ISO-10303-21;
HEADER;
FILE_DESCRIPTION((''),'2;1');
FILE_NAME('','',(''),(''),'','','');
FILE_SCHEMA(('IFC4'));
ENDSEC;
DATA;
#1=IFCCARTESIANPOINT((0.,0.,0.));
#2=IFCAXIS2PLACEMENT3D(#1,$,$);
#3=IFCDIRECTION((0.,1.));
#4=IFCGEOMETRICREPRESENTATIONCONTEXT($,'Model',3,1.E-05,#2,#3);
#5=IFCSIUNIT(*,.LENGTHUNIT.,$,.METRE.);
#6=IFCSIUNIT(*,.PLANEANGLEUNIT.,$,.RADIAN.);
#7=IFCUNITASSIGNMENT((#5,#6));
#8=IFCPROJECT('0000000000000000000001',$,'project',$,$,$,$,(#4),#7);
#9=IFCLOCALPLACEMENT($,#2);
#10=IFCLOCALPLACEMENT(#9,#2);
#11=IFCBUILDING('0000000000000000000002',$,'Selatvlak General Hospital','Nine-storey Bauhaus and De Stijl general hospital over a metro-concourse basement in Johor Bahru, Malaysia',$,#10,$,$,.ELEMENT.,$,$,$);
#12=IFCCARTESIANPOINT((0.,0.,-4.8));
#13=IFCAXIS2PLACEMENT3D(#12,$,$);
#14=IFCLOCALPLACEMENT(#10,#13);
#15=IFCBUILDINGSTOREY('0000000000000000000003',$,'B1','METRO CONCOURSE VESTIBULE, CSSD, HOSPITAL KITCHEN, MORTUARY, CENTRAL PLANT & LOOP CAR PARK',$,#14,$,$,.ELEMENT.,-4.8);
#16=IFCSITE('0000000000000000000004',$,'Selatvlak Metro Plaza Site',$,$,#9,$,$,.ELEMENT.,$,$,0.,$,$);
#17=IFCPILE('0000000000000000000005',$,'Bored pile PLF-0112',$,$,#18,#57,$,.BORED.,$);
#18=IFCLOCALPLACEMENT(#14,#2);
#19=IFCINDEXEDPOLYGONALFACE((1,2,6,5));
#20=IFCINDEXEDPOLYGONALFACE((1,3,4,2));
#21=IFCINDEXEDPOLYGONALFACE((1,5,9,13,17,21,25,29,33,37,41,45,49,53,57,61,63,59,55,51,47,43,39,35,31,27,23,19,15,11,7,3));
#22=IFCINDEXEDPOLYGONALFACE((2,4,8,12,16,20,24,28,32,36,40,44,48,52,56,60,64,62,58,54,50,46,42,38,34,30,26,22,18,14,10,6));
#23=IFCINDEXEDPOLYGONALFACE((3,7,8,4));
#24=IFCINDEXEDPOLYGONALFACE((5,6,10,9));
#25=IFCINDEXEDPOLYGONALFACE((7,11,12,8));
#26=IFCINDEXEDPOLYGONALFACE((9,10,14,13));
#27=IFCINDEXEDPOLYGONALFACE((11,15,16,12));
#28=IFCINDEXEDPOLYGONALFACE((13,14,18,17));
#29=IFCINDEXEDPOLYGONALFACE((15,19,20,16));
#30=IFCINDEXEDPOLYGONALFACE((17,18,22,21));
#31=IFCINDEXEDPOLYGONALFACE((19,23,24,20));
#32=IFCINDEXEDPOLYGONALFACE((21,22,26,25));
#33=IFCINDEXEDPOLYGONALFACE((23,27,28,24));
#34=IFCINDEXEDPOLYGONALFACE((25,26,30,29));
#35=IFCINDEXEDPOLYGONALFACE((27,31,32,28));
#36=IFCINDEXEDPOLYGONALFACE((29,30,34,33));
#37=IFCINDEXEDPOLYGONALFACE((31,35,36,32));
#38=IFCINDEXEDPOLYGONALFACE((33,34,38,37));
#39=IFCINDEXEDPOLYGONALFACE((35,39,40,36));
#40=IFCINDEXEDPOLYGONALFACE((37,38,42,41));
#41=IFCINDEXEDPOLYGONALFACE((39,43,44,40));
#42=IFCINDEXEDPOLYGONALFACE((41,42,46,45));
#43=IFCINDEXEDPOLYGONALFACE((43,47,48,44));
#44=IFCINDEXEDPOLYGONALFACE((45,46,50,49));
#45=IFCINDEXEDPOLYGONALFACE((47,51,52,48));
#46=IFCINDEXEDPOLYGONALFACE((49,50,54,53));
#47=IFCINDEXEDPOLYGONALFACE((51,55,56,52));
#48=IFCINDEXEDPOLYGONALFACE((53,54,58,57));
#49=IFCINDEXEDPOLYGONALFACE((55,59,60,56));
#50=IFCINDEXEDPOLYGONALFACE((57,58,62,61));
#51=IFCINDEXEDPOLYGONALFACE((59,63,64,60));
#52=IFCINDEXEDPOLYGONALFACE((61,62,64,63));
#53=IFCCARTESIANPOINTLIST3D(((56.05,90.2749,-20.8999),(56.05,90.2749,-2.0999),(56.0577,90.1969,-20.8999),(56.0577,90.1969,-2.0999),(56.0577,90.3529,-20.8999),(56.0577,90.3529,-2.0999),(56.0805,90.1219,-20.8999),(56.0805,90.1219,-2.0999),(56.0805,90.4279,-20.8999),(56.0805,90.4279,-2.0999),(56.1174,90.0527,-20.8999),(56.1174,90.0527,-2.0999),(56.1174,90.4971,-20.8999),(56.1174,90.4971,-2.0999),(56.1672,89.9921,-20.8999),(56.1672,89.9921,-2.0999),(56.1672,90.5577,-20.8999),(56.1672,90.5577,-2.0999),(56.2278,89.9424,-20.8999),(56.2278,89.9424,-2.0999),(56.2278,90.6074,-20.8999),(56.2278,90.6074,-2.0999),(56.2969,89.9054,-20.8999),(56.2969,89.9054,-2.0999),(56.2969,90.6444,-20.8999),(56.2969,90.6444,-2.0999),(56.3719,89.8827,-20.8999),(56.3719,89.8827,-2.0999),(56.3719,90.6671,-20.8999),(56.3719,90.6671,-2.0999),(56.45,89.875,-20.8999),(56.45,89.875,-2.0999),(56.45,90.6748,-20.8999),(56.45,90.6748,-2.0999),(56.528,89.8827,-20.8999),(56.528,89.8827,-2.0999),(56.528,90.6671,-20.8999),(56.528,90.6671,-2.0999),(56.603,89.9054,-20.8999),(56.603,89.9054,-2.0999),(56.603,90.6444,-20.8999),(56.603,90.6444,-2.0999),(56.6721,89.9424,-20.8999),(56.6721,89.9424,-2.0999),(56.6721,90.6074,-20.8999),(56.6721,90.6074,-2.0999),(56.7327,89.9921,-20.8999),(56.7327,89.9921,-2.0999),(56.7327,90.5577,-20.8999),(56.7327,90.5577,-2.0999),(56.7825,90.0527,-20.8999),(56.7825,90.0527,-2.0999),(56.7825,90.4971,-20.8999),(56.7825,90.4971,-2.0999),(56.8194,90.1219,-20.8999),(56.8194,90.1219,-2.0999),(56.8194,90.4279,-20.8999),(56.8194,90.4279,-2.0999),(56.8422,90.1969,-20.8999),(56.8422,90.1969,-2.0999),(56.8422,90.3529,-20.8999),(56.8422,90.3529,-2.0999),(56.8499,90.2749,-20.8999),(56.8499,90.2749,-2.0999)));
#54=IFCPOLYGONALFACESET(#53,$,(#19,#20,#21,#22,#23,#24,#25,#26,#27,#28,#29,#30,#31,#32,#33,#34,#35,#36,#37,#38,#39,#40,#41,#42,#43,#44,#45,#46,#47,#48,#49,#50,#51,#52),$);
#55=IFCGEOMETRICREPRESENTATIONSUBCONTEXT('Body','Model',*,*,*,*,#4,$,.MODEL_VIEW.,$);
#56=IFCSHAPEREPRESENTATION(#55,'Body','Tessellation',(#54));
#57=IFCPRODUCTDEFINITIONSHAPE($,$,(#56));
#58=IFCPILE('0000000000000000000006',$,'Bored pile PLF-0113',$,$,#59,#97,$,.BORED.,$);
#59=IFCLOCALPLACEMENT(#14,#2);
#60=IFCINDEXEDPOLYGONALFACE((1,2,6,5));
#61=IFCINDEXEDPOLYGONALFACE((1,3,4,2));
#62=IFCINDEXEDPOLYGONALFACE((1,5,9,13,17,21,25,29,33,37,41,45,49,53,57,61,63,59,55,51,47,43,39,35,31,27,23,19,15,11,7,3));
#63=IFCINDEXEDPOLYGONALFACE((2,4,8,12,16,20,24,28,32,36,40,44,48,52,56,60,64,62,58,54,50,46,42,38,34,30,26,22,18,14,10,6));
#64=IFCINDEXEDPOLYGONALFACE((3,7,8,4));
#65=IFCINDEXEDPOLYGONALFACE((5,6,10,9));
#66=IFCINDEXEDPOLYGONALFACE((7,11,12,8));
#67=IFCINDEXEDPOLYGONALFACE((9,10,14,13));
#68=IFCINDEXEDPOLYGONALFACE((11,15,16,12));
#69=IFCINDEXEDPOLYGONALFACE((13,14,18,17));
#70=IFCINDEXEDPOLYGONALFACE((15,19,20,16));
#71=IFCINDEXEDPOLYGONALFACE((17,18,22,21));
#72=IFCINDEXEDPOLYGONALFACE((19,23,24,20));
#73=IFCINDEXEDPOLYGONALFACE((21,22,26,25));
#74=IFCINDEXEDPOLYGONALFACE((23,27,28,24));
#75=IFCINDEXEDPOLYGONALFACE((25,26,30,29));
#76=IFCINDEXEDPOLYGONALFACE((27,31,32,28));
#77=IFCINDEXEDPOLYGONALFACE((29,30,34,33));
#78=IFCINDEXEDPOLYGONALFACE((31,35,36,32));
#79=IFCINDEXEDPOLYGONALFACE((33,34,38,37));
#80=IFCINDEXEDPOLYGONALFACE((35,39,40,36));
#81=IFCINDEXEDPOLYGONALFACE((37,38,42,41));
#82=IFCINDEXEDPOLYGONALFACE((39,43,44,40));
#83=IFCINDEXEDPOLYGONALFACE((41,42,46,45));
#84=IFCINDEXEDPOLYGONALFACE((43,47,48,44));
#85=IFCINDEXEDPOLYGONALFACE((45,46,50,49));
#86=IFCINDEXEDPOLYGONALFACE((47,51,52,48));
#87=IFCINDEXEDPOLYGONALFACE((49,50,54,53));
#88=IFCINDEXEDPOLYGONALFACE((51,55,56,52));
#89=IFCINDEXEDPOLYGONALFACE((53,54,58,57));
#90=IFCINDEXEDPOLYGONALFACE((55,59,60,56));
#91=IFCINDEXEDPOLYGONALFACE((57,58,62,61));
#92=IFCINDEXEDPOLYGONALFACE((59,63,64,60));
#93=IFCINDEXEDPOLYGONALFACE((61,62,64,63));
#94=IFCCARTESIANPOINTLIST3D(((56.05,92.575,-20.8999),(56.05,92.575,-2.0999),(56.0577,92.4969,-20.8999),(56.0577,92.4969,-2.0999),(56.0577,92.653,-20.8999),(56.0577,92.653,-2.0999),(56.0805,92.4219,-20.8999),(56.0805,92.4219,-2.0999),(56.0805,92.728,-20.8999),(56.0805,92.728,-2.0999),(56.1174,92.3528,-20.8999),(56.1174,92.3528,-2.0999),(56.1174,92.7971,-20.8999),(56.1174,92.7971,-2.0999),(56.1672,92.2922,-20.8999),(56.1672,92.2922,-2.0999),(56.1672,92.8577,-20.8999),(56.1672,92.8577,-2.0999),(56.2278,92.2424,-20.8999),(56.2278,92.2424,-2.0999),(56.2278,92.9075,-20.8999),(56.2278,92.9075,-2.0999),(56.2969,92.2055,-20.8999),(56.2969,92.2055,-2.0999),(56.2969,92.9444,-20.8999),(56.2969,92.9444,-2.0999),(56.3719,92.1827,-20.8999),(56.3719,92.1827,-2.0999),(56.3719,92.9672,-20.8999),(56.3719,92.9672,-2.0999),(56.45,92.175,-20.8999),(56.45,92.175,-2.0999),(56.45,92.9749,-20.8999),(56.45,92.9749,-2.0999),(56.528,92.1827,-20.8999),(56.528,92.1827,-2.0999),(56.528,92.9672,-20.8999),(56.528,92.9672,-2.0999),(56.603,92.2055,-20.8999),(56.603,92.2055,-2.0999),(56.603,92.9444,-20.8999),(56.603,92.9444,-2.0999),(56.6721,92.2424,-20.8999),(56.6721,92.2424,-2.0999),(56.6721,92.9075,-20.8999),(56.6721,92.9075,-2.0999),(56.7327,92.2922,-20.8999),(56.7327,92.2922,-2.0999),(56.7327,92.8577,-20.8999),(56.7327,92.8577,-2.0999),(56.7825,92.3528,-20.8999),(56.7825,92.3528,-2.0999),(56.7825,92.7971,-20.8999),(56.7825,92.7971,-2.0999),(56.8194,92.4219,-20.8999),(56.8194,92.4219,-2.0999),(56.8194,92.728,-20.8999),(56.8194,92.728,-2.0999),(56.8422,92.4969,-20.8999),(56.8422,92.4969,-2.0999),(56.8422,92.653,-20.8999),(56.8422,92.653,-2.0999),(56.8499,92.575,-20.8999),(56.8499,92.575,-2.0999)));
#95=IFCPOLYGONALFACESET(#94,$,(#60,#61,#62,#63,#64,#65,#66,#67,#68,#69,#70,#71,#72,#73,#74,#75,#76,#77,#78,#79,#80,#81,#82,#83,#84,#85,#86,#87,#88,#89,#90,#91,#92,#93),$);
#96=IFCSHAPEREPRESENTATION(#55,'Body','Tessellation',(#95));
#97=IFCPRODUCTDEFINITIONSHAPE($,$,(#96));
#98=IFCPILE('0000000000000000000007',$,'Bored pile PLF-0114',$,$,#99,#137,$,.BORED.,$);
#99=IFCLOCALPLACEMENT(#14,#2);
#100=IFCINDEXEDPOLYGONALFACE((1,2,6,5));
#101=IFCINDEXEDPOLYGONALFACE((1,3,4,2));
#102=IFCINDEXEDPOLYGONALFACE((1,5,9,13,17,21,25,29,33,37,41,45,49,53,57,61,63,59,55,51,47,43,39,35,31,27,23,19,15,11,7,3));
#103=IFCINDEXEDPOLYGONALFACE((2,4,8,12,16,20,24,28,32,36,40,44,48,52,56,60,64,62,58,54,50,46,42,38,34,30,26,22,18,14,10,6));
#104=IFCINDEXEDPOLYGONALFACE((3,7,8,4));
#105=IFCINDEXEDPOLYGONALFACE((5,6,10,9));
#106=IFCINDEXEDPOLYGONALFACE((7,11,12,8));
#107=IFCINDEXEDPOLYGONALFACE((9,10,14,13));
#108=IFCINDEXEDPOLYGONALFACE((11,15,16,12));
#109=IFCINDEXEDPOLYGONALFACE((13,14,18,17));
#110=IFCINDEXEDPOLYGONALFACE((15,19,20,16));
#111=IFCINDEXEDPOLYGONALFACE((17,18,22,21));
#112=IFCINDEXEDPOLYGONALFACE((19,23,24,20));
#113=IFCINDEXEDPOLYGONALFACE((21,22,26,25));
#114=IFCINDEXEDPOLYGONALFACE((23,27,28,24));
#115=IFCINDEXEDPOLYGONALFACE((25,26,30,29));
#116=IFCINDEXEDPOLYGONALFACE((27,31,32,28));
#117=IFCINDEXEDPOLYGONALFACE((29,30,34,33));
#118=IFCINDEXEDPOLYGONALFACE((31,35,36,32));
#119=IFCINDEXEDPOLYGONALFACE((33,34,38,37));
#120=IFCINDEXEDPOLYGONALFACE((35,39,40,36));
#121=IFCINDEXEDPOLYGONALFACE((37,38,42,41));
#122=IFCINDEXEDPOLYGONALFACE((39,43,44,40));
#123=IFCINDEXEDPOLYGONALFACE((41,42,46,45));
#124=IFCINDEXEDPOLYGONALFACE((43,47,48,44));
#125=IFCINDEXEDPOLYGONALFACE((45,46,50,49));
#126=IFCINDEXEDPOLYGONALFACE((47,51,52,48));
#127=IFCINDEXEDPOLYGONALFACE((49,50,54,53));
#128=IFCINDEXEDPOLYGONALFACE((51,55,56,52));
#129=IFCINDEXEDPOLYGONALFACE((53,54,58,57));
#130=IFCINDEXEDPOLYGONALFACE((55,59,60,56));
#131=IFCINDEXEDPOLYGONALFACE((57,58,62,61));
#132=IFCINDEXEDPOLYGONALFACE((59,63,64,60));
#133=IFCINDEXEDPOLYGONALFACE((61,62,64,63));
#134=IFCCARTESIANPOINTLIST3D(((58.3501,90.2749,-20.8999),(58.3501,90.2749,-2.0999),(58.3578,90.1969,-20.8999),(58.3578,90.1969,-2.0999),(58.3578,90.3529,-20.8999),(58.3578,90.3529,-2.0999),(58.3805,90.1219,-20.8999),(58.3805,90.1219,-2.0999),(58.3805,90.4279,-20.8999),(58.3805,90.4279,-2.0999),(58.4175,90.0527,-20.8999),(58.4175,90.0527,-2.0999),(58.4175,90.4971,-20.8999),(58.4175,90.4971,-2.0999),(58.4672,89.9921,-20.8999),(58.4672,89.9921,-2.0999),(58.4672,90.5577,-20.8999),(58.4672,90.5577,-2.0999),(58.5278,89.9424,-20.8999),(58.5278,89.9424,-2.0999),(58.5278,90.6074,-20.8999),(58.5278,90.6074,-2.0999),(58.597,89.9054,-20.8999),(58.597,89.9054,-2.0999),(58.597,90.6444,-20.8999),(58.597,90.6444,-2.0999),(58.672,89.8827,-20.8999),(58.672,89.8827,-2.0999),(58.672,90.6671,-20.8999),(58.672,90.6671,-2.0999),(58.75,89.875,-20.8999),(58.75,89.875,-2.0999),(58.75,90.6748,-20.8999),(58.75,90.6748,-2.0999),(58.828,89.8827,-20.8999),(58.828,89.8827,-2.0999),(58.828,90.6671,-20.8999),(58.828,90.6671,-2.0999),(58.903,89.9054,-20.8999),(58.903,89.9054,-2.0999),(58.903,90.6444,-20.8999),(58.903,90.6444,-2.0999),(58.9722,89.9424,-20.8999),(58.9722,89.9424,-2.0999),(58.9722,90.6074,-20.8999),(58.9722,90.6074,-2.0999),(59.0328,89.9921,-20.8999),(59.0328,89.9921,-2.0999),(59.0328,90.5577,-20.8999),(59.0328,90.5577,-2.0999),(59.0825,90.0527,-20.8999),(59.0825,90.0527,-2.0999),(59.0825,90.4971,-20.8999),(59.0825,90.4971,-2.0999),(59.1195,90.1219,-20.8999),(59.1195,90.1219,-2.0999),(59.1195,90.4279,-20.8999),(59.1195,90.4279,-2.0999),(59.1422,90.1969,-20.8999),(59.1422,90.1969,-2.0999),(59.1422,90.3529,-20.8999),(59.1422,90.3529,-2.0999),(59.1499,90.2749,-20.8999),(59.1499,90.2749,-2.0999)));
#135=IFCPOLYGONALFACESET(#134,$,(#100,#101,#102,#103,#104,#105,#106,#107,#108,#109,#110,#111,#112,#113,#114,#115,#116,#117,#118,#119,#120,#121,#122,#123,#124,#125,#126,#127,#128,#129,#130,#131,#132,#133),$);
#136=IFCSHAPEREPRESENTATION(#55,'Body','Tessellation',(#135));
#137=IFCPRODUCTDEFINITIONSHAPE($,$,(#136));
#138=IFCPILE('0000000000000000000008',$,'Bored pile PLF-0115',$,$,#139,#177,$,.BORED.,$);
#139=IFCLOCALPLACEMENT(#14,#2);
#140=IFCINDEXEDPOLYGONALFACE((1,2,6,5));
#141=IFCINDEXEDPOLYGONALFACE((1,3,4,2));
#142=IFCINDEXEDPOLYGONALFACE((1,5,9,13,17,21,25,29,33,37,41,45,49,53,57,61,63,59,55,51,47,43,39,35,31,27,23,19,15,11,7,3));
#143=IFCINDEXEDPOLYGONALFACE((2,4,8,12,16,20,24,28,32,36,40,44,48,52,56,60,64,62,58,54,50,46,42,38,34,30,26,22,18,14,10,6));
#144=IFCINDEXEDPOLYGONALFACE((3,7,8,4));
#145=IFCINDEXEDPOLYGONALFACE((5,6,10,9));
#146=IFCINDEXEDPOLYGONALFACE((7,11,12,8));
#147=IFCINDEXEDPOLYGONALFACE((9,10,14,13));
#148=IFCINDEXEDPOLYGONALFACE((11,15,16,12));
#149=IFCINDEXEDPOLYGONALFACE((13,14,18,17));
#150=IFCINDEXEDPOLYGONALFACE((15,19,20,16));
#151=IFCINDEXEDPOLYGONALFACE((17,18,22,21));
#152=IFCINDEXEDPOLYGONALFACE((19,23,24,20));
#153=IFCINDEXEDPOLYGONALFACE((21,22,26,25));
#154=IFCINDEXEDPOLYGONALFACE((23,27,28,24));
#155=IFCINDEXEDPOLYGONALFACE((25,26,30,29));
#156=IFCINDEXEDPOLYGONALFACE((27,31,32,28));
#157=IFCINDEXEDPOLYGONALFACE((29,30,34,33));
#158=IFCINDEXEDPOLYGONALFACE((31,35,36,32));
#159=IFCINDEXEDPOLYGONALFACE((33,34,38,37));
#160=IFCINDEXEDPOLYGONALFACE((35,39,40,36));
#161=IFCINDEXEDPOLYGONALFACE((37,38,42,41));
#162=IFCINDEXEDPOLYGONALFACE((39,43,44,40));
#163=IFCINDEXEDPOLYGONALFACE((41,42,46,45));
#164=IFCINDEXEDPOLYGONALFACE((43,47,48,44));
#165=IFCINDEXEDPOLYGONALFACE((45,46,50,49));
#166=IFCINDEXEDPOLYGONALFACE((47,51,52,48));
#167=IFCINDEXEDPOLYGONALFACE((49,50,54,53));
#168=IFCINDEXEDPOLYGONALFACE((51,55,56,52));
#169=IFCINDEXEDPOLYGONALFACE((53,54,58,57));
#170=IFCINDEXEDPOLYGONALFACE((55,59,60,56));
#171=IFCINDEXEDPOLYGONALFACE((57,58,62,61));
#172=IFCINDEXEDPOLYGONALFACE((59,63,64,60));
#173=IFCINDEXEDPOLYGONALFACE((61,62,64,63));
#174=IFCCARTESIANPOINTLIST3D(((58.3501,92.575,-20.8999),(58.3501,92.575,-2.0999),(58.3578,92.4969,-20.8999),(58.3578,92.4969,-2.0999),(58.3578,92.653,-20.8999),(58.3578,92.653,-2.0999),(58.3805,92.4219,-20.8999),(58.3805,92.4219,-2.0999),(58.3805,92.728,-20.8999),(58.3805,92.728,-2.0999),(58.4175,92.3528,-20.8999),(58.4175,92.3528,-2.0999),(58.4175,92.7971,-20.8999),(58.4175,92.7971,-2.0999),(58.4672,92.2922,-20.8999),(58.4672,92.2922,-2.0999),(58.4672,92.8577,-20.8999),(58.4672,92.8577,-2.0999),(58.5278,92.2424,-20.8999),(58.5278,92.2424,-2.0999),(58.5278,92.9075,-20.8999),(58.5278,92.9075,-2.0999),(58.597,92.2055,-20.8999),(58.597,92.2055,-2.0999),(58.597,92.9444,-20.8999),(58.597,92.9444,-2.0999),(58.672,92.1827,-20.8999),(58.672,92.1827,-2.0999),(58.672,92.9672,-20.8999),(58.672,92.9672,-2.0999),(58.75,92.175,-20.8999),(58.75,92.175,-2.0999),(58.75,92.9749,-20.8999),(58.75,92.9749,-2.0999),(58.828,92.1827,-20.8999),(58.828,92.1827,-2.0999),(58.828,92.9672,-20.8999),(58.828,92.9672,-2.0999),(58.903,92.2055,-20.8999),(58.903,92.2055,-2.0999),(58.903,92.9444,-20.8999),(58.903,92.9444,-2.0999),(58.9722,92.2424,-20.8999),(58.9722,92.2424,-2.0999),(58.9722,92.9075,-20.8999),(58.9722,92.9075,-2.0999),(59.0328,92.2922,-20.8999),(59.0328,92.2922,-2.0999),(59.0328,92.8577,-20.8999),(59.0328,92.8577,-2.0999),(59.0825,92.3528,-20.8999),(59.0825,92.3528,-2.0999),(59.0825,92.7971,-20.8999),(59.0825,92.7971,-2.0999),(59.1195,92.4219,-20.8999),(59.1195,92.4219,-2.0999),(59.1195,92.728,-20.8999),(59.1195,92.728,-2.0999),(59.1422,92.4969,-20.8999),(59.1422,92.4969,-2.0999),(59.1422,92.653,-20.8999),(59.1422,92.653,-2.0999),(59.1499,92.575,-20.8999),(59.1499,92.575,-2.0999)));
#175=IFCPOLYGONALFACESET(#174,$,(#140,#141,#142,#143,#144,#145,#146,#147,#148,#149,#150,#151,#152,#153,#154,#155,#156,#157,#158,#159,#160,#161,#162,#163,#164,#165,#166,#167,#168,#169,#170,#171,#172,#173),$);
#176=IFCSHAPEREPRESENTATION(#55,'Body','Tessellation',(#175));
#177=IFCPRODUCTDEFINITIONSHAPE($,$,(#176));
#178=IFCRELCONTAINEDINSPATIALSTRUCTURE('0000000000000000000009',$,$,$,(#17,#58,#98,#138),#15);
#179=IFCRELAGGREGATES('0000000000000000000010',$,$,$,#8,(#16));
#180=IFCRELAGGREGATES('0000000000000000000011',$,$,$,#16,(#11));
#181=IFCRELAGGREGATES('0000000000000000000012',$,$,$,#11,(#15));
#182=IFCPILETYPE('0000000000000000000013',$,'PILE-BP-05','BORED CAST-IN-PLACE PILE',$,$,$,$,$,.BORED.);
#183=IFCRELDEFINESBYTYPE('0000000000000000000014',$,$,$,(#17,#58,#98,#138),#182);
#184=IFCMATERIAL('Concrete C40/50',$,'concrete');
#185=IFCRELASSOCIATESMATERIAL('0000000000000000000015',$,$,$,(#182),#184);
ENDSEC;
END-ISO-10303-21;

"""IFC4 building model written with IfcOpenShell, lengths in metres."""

from ifc_helpers import new_model, si_unit, direction, frame, origin, origin_2d, place, context, subcontext, project, spatial, circle, extrude, material, material_profile, profile_set, type_object, element, save


model = new_model("IFC4")

# Units and contexts
model_context = context("Model", 3, precision=1e-05, world=origin(), true_north=direction((0.0, 1.0)))
body_context = subcontext(model_context, "Body", "Model", "MODEL_VIEW")
ifc_project = project(units=[si_unit("LENGTHUNIT", "METRE"), si_unit("PLANEANGLEUNIT", "RADIAN")], contexts=[model_context])

# Site, building, storey
site_placement = place(None, origin())
site = spatial("IfcSite", under=ifc_project, at=site_placement, Name="Selatvlak Metro Plaza Site", CompositionType="ELEMENT", RefElevation=0.0)
building_placement = place(site_placement, origin())
building = spatial("IfcBuilding", under=site, at=building_placement, Name="Selatvlak General Hospital", Description="Nine-storey Bauhaus and De Stijl general hospital over a metro-concourse basement in Johor Bahru, Malaysia", CompositionType="ELEMENT")
storey_placement = place(building_placement, frame((0.0, 0.0, -4.8)))
storey = spatial("IfcBuildingStorey", under=building, at=storey_placement, Name="B1", Description="METRO CONCOURSE VESTIBULE, CSSD, HOSPITAL KITCHEN, MORTUARY, CENTRAL PLANT & LOOP CAR PARK", CompositionType="ELEMENT", Elevation=-4.8)

# Shared definitions
ifc_material_1 = material(Name="Concrete C40/50", Category="concrete")

# Piles
ifc_material_profile_1 = material_profile(ifc_material_1, circle(Radius=0.3999, at=origin_2d()), Name="BORED PILE 800")
ifc_profile_set_1 = profile_set([ifc_material_profile_1], Name="Concrete C40/50")
pile_type_1 = type_object("IfcPileType", Name="PILE-BP-05", Description="BORED CAST-IN-PLACE PILE", PredefinedType="BORED", material=ifc_profile_set_1)
for number, where, z_axis, x_axis, name in (
    (1, (56.45, 90.2749, -2.0999), (0.0, 0.0, -1.0), (1.0, 0.0, 0.0), "Bored pile PLF-0112"),
    (2, (56.45, 92.575, -2.0999), (0.0, 0.0, -1.0), (1.0, 0.0, 0.0), "Bored pile PLF-0113"),
    (3, (58.75, 90.2749, -2.0999), (0.0, 0.0, -1.0), (1.0, 0.0, 0.0), "Bored pile PLF-0114"),
    (4, (58.75, 92.575, -2.0999), (0.0, 0.0, -1.0), (1.0, 0.0, 0.0), "Bored pile PLF-0115"),
):
    element("IfcPile", number, at=place(storey_placement, frame(where, z_axis=z_axis, x_axis=x_axis)), inside=storey, type_object=pile_type_1, Name=name, PredefinedType="BORED", context=body_context, shape_type="SweptSolid", body=[
        extrude(circle(Radius=0.3999, at=origin_2d()), origin(), (0.0, 0.0, 1.0), 18.8),
    ])

save(model, "model.ifc")
